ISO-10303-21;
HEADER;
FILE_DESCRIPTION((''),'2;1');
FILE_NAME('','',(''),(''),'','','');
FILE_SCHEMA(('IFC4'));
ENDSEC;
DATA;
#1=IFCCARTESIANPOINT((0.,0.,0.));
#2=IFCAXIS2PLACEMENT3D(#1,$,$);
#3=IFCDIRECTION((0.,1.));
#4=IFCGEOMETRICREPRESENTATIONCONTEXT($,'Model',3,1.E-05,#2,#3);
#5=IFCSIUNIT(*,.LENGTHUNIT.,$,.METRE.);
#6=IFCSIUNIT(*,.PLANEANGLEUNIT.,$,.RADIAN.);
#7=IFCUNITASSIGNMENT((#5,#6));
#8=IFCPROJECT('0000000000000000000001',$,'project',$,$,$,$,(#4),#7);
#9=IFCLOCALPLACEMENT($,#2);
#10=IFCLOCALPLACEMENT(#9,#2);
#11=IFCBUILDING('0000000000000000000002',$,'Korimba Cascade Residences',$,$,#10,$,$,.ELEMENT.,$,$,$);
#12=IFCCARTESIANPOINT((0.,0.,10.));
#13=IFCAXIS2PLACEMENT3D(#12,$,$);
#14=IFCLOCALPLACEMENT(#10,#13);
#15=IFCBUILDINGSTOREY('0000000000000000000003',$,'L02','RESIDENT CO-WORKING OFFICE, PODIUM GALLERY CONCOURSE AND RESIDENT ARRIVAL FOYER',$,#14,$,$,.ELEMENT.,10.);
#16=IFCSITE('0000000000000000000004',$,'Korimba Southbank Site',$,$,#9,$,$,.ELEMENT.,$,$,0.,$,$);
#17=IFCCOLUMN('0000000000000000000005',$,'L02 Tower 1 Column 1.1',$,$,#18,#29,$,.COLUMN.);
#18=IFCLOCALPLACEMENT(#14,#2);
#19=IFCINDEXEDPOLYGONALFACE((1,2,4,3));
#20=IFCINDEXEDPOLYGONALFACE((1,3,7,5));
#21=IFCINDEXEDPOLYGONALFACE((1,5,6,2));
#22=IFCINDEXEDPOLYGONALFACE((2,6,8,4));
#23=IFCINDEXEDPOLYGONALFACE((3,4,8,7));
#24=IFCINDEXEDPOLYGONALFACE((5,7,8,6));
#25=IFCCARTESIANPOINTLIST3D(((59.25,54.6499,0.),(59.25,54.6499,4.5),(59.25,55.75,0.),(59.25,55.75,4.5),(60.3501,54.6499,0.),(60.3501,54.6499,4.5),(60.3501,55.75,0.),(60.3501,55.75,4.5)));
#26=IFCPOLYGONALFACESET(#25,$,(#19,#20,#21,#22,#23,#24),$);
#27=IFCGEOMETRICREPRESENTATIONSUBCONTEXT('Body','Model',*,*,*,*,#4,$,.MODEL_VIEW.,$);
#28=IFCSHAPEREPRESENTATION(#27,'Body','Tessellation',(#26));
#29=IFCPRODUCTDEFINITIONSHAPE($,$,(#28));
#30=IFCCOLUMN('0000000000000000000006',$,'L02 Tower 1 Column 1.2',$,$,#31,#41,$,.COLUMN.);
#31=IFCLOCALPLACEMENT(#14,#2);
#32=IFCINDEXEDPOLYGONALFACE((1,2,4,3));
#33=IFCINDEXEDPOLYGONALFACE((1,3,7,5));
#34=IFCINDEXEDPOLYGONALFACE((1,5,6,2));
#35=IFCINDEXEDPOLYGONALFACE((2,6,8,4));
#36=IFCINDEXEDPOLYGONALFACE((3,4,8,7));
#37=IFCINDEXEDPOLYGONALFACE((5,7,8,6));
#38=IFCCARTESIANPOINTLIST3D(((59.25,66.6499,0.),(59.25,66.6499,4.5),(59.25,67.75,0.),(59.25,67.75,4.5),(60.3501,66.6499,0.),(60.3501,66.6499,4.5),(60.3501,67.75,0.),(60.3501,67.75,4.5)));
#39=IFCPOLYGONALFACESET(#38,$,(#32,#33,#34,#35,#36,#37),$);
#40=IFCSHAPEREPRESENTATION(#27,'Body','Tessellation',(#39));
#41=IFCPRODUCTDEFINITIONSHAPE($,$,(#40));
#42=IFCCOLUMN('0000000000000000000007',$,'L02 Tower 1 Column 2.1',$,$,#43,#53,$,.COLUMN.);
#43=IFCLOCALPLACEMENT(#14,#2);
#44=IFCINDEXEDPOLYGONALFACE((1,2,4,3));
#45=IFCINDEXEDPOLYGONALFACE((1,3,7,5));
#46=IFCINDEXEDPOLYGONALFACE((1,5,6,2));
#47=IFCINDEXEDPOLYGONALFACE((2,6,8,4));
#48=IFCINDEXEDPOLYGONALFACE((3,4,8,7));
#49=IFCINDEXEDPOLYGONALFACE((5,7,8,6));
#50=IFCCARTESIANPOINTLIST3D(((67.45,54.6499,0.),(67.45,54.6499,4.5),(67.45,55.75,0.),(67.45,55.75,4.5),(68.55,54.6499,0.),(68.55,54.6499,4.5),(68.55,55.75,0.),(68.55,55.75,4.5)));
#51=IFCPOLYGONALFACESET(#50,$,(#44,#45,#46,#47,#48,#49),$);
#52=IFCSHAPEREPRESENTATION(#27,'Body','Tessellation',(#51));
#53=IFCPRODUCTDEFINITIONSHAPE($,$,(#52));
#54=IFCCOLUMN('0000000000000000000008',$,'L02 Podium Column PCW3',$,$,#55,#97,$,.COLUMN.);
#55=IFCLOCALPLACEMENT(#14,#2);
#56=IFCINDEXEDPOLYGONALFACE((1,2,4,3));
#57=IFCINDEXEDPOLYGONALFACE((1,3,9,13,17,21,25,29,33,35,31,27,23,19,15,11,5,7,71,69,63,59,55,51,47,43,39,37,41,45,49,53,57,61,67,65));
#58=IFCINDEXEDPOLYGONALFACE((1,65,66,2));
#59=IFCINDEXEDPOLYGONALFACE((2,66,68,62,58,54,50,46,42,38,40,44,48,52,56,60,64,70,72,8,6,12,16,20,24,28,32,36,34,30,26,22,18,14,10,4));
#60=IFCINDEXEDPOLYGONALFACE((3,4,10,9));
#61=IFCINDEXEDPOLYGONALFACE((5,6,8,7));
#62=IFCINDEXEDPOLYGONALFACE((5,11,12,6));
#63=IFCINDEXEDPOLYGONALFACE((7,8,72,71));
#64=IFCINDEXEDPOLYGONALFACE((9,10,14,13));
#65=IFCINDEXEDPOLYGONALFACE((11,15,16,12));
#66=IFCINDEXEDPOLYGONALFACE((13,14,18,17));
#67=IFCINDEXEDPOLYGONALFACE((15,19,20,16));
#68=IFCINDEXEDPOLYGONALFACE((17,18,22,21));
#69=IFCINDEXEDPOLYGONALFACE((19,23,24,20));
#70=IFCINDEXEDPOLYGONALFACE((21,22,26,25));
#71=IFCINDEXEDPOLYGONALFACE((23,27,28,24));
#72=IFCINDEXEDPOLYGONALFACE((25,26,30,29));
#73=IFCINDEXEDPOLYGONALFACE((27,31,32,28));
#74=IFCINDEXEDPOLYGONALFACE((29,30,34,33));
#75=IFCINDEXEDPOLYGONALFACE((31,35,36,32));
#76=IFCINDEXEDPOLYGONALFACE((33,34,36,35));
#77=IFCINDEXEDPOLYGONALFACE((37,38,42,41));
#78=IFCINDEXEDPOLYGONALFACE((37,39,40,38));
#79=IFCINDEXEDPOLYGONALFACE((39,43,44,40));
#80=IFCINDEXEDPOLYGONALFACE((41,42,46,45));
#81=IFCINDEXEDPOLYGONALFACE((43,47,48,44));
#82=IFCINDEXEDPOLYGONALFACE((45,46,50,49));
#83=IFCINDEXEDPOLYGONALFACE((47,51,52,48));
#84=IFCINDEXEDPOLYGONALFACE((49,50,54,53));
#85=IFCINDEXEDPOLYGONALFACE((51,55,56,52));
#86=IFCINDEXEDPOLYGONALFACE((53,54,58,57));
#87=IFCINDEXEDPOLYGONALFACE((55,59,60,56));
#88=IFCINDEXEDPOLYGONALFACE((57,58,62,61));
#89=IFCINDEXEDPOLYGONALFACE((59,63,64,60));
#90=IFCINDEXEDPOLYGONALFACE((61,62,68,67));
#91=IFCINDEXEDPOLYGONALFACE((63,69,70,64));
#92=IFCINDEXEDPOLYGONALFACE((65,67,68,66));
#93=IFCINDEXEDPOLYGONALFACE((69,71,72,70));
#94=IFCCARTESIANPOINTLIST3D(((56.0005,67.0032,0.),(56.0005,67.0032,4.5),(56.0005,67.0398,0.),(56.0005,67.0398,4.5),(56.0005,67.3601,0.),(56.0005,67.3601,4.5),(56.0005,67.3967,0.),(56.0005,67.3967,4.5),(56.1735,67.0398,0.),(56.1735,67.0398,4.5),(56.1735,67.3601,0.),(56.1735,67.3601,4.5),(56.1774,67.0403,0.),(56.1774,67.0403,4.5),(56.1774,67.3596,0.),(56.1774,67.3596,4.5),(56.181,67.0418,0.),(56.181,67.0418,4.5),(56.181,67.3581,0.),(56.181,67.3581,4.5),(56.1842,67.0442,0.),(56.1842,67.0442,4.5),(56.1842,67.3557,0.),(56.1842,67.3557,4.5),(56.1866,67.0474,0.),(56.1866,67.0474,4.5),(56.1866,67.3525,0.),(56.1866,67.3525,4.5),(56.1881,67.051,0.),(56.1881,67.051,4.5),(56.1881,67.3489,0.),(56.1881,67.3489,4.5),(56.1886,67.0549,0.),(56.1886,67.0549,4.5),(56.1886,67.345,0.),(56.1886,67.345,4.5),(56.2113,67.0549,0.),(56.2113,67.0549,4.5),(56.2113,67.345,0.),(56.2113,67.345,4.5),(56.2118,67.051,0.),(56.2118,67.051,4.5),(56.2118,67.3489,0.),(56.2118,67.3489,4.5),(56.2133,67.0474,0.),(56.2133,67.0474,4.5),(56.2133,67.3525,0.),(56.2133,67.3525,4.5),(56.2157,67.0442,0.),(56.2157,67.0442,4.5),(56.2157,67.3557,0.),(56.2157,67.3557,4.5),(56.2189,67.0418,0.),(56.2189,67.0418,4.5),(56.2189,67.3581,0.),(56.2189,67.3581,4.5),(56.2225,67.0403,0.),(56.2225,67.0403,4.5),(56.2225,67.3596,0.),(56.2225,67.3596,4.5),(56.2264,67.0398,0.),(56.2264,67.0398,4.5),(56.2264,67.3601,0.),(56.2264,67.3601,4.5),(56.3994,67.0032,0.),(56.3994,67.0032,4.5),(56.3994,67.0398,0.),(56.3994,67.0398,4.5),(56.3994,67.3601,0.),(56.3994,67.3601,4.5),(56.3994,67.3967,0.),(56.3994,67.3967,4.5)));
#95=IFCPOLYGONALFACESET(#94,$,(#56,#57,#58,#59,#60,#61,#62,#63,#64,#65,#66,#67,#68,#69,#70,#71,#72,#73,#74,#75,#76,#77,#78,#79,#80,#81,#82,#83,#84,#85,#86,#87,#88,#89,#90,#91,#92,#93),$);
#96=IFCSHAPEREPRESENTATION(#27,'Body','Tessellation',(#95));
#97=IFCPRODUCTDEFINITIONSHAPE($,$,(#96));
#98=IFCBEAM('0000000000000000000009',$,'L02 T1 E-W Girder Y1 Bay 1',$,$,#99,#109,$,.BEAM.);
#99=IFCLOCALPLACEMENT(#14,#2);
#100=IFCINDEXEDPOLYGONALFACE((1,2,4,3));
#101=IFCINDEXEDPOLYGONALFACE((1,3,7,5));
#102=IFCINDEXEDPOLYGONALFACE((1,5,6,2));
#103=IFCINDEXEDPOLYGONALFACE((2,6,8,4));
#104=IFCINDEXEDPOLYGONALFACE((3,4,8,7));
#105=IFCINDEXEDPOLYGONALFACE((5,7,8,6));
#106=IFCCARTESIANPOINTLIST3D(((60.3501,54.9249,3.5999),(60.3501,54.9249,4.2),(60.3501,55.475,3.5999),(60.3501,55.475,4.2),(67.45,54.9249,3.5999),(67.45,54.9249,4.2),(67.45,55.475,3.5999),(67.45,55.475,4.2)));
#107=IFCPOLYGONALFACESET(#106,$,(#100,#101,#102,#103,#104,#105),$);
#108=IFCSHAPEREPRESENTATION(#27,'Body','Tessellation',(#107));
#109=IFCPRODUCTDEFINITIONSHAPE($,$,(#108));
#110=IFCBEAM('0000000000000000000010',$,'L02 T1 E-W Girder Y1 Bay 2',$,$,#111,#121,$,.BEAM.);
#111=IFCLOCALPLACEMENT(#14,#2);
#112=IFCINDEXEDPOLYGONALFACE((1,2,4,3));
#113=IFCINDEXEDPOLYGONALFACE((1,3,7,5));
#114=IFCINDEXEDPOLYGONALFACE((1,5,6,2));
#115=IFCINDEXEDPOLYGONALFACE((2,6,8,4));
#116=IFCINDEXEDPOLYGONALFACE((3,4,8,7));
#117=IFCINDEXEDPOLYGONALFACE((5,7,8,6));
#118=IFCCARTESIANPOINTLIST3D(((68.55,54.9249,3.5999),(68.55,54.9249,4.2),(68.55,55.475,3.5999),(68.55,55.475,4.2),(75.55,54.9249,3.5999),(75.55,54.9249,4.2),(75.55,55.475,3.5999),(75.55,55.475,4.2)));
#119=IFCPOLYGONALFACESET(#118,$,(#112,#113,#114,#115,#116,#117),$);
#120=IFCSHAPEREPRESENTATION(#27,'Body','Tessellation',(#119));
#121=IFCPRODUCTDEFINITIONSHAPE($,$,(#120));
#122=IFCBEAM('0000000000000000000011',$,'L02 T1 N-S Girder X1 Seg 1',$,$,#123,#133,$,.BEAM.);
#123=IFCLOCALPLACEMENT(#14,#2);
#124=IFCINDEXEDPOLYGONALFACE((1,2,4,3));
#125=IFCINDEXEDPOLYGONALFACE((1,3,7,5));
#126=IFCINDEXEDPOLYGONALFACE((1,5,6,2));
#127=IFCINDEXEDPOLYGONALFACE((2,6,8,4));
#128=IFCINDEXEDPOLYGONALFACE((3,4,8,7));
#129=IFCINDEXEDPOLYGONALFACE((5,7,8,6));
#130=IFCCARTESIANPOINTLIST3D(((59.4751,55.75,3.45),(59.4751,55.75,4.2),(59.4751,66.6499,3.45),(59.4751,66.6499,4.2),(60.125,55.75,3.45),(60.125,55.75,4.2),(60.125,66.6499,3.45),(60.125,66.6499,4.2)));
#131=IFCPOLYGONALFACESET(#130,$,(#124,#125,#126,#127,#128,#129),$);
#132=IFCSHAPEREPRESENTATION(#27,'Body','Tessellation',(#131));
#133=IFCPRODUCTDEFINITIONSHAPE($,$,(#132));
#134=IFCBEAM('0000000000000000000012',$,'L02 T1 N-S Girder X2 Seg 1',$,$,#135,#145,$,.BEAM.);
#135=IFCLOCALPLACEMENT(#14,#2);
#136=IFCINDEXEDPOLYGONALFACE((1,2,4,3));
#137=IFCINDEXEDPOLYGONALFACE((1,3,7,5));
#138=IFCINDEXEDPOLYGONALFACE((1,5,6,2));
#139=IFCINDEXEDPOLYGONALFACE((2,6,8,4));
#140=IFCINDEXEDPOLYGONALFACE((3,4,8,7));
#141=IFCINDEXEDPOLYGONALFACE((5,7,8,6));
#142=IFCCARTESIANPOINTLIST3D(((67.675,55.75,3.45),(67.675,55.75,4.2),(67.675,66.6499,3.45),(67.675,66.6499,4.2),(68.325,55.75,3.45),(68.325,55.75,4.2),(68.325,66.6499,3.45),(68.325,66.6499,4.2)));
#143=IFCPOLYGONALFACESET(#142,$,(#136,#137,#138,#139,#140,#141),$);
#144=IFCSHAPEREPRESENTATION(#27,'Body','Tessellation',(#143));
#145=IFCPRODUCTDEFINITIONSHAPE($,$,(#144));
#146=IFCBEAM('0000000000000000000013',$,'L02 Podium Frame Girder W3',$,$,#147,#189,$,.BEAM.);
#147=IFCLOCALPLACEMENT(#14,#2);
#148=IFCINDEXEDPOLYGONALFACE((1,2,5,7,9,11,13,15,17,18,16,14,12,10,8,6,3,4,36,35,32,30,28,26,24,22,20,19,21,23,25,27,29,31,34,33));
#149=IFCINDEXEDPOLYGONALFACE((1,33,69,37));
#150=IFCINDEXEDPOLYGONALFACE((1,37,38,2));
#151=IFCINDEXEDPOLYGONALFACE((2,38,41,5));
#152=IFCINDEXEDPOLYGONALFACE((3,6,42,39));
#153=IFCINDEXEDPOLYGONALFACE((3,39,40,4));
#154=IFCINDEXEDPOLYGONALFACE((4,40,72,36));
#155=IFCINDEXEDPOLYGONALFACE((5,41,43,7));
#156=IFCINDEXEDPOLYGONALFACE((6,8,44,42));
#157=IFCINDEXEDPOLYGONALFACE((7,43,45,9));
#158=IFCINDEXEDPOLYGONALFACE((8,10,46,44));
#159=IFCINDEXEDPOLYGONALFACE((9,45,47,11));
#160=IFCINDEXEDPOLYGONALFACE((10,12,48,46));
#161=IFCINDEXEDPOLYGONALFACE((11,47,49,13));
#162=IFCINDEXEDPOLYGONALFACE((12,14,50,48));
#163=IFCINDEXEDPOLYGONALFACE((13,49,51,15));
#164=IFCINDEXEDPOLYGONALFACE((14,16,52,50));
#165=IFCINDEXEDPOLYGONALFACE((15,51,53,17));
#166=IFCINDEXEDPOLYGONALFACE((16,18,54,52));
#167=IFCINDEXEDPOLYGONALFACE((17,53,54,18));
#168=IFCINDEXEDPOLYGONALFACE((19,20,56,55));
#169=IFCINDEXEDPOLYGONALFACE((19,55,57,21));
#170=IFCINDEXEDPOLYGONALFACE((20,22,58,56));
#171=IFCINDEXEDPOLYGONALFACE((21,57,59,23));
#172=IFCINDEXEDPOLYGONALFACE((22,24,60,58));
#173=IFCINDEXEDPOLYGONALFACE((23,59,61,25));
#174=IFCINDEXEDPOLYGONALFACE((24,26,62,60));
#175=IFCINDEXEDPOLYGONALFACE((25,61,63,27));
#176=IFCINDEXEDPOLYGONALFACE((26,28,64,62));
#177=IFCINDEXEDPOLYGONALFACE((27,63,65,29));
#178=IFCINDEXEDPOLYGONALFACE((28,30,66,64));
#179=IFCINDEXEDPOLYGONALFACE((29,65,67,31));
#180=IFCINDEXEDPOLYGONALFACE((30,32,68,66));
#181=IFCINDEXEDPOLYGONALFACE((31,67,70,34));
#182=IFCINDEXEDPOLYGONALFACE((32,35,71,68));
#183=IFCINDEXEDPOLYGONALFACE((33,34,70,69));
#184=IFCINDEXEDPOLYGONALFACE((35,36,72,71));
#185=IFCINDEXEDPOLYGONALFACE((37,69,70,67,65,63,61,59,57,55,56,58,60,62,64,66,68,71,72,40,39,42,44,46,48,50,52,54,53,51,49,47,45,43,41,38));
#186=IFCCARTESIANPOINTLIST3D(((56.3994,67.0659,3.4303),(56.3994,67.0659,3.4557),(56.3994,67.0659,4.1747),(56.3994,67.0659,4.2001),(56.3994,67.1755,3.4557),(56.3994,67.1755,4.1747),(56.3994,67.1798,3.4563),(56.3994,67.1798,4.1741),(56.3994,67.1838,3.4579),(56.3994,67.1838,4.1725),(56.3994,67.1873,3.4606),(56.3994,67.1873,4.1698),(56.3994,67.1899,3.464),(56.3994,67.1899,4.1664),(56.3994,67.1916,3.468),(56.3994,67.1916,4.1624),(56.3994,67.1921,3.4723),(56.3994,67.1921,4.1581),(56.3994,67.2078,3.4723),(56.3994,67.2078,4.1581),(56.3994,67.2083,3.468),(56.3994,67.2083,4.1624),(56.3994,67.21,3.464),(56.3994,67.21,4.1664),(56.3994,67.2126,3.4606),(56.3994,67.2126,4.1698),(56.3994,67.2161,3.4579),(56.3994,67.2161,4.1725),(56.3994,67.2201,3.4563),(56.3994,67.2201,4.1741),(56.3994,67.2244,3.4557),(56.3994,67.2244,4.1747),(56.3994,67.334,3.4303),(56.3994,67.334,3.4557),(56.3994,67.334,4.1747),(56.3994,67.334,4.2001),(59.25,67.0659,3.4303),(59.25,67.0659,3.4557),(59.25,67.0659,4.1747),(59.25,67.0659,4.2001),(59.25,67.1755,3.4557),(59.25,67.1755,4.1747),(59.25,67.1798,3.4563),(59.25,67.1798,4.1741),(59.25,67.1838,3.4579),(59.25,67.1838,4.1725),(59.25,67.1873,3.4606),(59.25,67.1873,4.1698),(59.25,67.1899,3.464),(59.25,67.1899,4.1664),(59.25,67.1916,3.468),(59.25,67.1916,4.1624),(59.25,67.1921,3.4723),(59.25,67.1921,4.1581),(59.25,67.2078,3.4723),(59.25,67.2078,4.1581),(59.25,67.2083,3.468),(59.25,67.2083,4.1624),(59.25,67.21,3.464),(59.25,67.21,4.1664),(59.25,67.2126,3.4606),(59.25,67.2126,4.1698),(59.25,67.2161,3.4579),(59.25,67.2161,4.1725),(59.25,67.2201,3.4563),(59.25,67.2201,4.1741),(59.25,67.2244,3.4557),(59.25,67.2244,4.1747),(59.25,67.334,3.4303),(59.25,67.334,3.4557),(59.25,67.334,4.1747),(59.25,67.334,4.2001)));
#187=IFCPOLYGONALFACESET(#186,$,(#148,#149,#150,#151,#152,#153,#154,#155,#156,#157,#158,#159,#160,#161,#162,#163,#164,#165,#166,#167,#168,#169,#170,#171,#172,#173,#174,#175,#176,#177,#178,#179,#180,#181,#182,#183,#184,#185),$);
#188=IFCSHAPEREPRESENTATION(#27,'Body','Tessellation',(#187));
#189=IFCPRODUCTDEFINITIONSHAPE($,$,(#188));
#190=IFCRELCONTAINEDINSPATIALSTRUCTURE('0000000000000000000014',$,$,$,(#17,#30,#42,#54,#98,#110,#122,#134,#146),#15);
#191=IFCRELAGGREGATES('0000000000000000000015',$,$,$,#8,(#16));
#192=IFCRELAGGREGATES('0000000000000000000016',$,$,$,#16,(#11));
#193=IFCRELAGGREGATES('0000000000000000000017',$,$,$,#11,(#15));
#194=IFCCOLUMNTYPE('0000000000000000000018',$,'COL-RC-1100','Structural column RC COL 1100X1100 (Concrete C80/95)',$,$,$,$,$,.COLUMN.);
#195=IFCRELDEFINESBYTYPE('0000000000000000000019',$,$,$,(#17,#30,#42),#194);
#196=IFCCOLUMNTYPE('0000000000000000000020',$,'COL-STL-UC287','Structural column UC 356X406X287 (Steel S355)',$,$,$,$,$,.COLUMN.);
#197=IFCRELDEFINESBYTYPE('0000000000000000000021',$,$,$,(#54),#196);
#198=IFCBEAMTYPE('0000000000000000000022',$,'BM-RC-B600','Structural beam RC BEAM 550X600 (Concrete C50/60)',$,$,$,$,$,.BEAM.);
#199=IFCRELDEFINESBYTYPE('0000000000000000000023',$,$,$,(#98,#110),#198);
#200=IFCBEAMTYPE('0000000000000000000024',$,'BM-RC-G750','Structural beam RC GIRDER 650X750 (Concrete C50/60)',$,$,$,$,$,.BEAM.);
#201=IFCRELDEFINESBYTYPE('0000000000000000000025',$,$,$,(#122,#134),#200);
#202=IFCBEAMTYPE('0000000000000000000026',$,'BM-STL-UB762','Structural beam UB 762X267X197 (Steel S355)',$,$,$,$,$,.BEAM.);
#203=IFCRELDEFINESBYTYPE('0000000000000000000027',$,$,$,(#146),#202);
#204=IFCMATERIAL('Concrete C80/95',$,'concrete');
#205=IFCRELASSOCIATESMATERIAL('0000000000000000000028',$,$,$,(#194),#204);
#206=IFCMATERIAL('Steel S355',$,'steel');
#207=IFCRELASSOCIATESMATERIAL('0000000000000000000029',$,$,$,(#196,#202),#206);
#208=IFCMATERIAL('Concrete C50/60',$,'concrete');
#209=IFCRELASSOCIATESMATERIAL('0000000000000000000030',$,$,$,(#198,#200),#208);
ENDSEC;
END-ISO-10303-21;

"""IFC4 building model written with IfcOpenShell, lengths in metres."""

from ifc_helpers import new_model, si_unit, direction, frame, origin, origin_2d, place, context, subcontext, project, spatial, rectangle, i_section, extrude, material, material_profile, profile_set, type_object, element, save


model = new_model("IFC4")

# Units and contexts
model_context = context("Model", 3, precision=1e-05, world=origin(), true_north=direction((0.0, 1.0)))
body_context = subcontext(model_context, "Body", "Model", "MODEL_VIEW")
ifc_project = project(units=[si_unit("LENGTHUNIT", "METRE"), si_unit("PLANEANGLEUNIT", "RADIAN")], contexts=[model_context])

# Site, building, storey
site_placement = place(None, origin())
site = spatial("IfcSite", under=ifc_project, at=site_placement, Name="Korimba Southbank Site", CompositionType="ELEMENT", RefElevation=0.0)
building_placement = place(site_placement, origin())
building = spatial("IfcBuilding", under=site, at=building_placement, Name="Korimba Cascade Residences", CompositionType="ELEMENT")
storey_placement = place(building_placement, frame((0.0, 0.0, 10.0)))
storey = spatial("IfcBuildingStorey", under=building, at=storey_placement, Name="L02", Description="RESIDENT CO-WORKING OFFICE, PODIUM GALLERY CONCOURSE AND RESIDENT ARRIVAL FOYER", CompositionType="ELEMENT", Elevation=10.0)

# Columns
ifc_material_1 = material(Name="Concrete C80/95", Category="concrete")
ifc_material_profile_1 = material_profile(ifc_material_1, rectangle(XDim=1.1001, YDim=1.1001, at=origin_2d()), Name="Concrete C80/95")
ifc_profile_set_1 = profile_set([ifc_material_profile_1], Name="Concrete C80/95")
column_type_1 = type_object("IfcColumnType", Name="COL-RC-1100", Description="Structural column RC COL 1100X1100 (Concrete C80/95)", PredefinedType="COLUMN", material=ifc_profile_set_1)
for number, where, z_axis, x_axis, name in (
    (1, (59.8, 55.2, 0.0), (0.0, 0.0, 1.0), (1.0, 0.0, 0.0), "L02 Tower 1 Column 1.1"),
    (2, (59.8, 67.2, 0.0), (0.0, 0.0, 1.0), (1.0, 0.0, 0.0), "L02 Tower 1 Column 1.2"),
    (3, (68.0, 55.2, 0.0), (0.0, 0.0, 1.0), (1.0, 0.0, 0.0), "L02 Tower 1 Column 2.1"),
):
    element("IfcColumn", number, at=place(storey_placement, frame(where, z_axis=z_axis, x_axis=x_axis)), inside=storey, type_object=column_type_1, Name=name, PredefinedType="COLUMN", context=body_context, shape_type="SweptSolid", body=[
        extrude(rectangle(XDim=1.1001, YDim=1.1001, at=origin_2d()), origin(), (0.0, 0.0, 1.0), 4.5),
    ])
ifc_material_2 = material(Name="Steel S355", Category="steel")
ifc_material_profile_2 = material_profile(ifc_material_2, i_section(OverallWidth=0.3989, OverallDepth=0.3936, WebThickness=0.0227, FlangeThickness=0.0366, FilletRadius=0.0151, at=origin_2d()), Name="Steel S355")
ifc_profile_set_2 = profile_set([ifc_material_profile_2], Name="Steel S355")
column_type_2 = type_object("IfcColumnType", Name="COL-STL-UC287", Description="Structural column UC 356X406X287 (Steel S355)", PredefinedType="COLUMN", material=ifc_profile_set_2)
column_placement = place(storey_placement, frame((56.2, 67.2, 0.0), z_axis=(0.0, 0.0, 1.0), x_axis=(1.0, 0.0, 0.0)))
element("IfcColumn", 4, at=column_placement, inside=storey, type_object=column_type_2, Name="L02 Podium Column PCW3", PredefinedType="COLUMN", context=body_context, shape_type="SweptSolid", body=[
    extrude(i_section(OverallWidth=0.3989, OverallDepth=0.3936, WebThickness=0.0227, FlangeThickness=0.0366, FilletRadius=0.0151, at=origin_2d()), origin(), (0.0, 0.0, 1.0), 4.5),
])

# Beams
ifc_material_3 = material(Name="Concrete C50/60", Category="concrete")
ifc_material_profile_3 = material_profile(ifc_material_3, rectangle(XDim=0.55, YDim=0.6001, at=origin_2d()), Name="Concrete C50/60")
ifc_profile_set_3 = profile_set([ifc_material_profile_3], Name="Concrete C50/60")
beam_type_1 = type_object("IfcBeamType", Name="BM-RC-B600", Description="Structural beam RC BEAM 550X600 (Concrete C50/60)", PredefinedType="BEAM", material=ifc_profile_set_3)
beam_1_placement = place(storey_placement, frame((60.3501, 55.2, 3.8999), z_axis=(1.0, 0.0, 0.0), x_axis=(0.0, 1.0, 0.0)))
element("IfcBeam", 5, at=beam_1_placement, inside=storey, type_object=beam_type_1, Name="L02 T1 E-W Girder Y1 Bay 1", PredefinedType="BEAM", context=body_context, shape_type="SweptSolid", body=[
    extrude(rectangle(XDim=0.55, YDim=0.6001, at=origin_2d()), origin(), (0.0, 0.0, 1.0), 7.0999),
])
beam_2_placement = place(storey_placement, frame((68.55, 55.2, 3.8999), z_axis=(1.0, 0.0, 0.0), x_axis=(0.0, 1.0, 0.0)))
element("IfcBeam", 6, at=beam_2_placement, inside=storey, type_object=beam_type_1, Name="L02 T1 E-W Girder Y1 Bay 2", PredefinedType="BEAM", context=body_context, shape_type="SweptSolid", body=[
    extrude(rectangle(XDim=0.55, YDim=0.6001, at=origin_2d()), origin(), (0.0, 0.0, 1.0), 7.0),
])
ifc_material_profile_4 = material_profile(ifc_material_3, rectangle(XDim=0.6499, YDim=0.75, at=origin_2d()), Name="Concrete C50/60")
ifc_profile_set_4 = profile_set([ifc_material_profile_4], Name="Concrete C50/60")
beam_type_2 = type_object("IfcBeamType", Name="BM-RC-G750", Description="Structural beam RC GIRDER 650X750 (Concrete C50/60)", PredefinedType="BEAM", material=ifc_profile_set_4)
for number, where, z_axis, x_axis, name in (
    (7, (59.8, 55.75, 3.825), (0.0, 1.0, 0.0), (-1.0, 0.0, 0.0), "L02 T1 N-S Girder X1 Seg 1"),
    (8, (68.0, 55.75, 3.825), (0.0, 1.0, 0.0), (-1.0, 0.0, 0.0), "L02 T1 N-S Girder X2 Seg 1"),
):
    element("IfcBeam", number, at=place(storey_placement, frame(where, z_axis=z_axis, x_axis=x_axis)), inside=storey, type_object=beam_type_2, Name=name, PredefinedType="BEAM", context=body_context, shape_type="SweptSolid", body=[
        extrude(rectangle(XDim=0.6499, YDim=0.75, at=origin_2d()), origin(), (0.0, 0.0, 1.0), 10.8999),
    ])
ifc_material_profile_5 = material_profile(ifc_material_2, i_section(OverallWidth=0.2681, OverallDepth=0.7698, WebThickness=0.0156, FlangeThickness=0.0254, FilletRadius=0.0166, at=origin_2d()), Name="Steel S355")
ifc_profile_set_5 = profile_set([ifc_material_profile_5], Name="Steel S355")
beam_type_3 = type_object("IfcBeamType", Name="BM-STL-UB762", Description="Structural beam UB 762X267X197 (Steel S355)", PredefinedType="BEAM", material=ifc_profile_set_5)
beam_3_placement = place(storey_placement, frame((56.3994, 67.2, 3.8152), z_axis=(1.0, 0.0, 0.0), x_axis=(0.0, 1.0, 0.0)))
element("IfcBeam", 9, at=beam_3_placement, inside=storey, type_object=beam_type_3, Name="L02 Podium Frame Girder W3", PredefinedType="BEAM", context=body_context, shape_type="SweptSolid", body=[
    extrude(i_section(OverallWidth=0.2681, OverallDepth=0.7698, WebThickness=0.0156, FlangeThickness=0.0254, FilletRadius=0.0166, at=origin_2d()), origin(), (0.0, 0.0, 1.0), 2.8506),
])

save(model, "model.ifc")
